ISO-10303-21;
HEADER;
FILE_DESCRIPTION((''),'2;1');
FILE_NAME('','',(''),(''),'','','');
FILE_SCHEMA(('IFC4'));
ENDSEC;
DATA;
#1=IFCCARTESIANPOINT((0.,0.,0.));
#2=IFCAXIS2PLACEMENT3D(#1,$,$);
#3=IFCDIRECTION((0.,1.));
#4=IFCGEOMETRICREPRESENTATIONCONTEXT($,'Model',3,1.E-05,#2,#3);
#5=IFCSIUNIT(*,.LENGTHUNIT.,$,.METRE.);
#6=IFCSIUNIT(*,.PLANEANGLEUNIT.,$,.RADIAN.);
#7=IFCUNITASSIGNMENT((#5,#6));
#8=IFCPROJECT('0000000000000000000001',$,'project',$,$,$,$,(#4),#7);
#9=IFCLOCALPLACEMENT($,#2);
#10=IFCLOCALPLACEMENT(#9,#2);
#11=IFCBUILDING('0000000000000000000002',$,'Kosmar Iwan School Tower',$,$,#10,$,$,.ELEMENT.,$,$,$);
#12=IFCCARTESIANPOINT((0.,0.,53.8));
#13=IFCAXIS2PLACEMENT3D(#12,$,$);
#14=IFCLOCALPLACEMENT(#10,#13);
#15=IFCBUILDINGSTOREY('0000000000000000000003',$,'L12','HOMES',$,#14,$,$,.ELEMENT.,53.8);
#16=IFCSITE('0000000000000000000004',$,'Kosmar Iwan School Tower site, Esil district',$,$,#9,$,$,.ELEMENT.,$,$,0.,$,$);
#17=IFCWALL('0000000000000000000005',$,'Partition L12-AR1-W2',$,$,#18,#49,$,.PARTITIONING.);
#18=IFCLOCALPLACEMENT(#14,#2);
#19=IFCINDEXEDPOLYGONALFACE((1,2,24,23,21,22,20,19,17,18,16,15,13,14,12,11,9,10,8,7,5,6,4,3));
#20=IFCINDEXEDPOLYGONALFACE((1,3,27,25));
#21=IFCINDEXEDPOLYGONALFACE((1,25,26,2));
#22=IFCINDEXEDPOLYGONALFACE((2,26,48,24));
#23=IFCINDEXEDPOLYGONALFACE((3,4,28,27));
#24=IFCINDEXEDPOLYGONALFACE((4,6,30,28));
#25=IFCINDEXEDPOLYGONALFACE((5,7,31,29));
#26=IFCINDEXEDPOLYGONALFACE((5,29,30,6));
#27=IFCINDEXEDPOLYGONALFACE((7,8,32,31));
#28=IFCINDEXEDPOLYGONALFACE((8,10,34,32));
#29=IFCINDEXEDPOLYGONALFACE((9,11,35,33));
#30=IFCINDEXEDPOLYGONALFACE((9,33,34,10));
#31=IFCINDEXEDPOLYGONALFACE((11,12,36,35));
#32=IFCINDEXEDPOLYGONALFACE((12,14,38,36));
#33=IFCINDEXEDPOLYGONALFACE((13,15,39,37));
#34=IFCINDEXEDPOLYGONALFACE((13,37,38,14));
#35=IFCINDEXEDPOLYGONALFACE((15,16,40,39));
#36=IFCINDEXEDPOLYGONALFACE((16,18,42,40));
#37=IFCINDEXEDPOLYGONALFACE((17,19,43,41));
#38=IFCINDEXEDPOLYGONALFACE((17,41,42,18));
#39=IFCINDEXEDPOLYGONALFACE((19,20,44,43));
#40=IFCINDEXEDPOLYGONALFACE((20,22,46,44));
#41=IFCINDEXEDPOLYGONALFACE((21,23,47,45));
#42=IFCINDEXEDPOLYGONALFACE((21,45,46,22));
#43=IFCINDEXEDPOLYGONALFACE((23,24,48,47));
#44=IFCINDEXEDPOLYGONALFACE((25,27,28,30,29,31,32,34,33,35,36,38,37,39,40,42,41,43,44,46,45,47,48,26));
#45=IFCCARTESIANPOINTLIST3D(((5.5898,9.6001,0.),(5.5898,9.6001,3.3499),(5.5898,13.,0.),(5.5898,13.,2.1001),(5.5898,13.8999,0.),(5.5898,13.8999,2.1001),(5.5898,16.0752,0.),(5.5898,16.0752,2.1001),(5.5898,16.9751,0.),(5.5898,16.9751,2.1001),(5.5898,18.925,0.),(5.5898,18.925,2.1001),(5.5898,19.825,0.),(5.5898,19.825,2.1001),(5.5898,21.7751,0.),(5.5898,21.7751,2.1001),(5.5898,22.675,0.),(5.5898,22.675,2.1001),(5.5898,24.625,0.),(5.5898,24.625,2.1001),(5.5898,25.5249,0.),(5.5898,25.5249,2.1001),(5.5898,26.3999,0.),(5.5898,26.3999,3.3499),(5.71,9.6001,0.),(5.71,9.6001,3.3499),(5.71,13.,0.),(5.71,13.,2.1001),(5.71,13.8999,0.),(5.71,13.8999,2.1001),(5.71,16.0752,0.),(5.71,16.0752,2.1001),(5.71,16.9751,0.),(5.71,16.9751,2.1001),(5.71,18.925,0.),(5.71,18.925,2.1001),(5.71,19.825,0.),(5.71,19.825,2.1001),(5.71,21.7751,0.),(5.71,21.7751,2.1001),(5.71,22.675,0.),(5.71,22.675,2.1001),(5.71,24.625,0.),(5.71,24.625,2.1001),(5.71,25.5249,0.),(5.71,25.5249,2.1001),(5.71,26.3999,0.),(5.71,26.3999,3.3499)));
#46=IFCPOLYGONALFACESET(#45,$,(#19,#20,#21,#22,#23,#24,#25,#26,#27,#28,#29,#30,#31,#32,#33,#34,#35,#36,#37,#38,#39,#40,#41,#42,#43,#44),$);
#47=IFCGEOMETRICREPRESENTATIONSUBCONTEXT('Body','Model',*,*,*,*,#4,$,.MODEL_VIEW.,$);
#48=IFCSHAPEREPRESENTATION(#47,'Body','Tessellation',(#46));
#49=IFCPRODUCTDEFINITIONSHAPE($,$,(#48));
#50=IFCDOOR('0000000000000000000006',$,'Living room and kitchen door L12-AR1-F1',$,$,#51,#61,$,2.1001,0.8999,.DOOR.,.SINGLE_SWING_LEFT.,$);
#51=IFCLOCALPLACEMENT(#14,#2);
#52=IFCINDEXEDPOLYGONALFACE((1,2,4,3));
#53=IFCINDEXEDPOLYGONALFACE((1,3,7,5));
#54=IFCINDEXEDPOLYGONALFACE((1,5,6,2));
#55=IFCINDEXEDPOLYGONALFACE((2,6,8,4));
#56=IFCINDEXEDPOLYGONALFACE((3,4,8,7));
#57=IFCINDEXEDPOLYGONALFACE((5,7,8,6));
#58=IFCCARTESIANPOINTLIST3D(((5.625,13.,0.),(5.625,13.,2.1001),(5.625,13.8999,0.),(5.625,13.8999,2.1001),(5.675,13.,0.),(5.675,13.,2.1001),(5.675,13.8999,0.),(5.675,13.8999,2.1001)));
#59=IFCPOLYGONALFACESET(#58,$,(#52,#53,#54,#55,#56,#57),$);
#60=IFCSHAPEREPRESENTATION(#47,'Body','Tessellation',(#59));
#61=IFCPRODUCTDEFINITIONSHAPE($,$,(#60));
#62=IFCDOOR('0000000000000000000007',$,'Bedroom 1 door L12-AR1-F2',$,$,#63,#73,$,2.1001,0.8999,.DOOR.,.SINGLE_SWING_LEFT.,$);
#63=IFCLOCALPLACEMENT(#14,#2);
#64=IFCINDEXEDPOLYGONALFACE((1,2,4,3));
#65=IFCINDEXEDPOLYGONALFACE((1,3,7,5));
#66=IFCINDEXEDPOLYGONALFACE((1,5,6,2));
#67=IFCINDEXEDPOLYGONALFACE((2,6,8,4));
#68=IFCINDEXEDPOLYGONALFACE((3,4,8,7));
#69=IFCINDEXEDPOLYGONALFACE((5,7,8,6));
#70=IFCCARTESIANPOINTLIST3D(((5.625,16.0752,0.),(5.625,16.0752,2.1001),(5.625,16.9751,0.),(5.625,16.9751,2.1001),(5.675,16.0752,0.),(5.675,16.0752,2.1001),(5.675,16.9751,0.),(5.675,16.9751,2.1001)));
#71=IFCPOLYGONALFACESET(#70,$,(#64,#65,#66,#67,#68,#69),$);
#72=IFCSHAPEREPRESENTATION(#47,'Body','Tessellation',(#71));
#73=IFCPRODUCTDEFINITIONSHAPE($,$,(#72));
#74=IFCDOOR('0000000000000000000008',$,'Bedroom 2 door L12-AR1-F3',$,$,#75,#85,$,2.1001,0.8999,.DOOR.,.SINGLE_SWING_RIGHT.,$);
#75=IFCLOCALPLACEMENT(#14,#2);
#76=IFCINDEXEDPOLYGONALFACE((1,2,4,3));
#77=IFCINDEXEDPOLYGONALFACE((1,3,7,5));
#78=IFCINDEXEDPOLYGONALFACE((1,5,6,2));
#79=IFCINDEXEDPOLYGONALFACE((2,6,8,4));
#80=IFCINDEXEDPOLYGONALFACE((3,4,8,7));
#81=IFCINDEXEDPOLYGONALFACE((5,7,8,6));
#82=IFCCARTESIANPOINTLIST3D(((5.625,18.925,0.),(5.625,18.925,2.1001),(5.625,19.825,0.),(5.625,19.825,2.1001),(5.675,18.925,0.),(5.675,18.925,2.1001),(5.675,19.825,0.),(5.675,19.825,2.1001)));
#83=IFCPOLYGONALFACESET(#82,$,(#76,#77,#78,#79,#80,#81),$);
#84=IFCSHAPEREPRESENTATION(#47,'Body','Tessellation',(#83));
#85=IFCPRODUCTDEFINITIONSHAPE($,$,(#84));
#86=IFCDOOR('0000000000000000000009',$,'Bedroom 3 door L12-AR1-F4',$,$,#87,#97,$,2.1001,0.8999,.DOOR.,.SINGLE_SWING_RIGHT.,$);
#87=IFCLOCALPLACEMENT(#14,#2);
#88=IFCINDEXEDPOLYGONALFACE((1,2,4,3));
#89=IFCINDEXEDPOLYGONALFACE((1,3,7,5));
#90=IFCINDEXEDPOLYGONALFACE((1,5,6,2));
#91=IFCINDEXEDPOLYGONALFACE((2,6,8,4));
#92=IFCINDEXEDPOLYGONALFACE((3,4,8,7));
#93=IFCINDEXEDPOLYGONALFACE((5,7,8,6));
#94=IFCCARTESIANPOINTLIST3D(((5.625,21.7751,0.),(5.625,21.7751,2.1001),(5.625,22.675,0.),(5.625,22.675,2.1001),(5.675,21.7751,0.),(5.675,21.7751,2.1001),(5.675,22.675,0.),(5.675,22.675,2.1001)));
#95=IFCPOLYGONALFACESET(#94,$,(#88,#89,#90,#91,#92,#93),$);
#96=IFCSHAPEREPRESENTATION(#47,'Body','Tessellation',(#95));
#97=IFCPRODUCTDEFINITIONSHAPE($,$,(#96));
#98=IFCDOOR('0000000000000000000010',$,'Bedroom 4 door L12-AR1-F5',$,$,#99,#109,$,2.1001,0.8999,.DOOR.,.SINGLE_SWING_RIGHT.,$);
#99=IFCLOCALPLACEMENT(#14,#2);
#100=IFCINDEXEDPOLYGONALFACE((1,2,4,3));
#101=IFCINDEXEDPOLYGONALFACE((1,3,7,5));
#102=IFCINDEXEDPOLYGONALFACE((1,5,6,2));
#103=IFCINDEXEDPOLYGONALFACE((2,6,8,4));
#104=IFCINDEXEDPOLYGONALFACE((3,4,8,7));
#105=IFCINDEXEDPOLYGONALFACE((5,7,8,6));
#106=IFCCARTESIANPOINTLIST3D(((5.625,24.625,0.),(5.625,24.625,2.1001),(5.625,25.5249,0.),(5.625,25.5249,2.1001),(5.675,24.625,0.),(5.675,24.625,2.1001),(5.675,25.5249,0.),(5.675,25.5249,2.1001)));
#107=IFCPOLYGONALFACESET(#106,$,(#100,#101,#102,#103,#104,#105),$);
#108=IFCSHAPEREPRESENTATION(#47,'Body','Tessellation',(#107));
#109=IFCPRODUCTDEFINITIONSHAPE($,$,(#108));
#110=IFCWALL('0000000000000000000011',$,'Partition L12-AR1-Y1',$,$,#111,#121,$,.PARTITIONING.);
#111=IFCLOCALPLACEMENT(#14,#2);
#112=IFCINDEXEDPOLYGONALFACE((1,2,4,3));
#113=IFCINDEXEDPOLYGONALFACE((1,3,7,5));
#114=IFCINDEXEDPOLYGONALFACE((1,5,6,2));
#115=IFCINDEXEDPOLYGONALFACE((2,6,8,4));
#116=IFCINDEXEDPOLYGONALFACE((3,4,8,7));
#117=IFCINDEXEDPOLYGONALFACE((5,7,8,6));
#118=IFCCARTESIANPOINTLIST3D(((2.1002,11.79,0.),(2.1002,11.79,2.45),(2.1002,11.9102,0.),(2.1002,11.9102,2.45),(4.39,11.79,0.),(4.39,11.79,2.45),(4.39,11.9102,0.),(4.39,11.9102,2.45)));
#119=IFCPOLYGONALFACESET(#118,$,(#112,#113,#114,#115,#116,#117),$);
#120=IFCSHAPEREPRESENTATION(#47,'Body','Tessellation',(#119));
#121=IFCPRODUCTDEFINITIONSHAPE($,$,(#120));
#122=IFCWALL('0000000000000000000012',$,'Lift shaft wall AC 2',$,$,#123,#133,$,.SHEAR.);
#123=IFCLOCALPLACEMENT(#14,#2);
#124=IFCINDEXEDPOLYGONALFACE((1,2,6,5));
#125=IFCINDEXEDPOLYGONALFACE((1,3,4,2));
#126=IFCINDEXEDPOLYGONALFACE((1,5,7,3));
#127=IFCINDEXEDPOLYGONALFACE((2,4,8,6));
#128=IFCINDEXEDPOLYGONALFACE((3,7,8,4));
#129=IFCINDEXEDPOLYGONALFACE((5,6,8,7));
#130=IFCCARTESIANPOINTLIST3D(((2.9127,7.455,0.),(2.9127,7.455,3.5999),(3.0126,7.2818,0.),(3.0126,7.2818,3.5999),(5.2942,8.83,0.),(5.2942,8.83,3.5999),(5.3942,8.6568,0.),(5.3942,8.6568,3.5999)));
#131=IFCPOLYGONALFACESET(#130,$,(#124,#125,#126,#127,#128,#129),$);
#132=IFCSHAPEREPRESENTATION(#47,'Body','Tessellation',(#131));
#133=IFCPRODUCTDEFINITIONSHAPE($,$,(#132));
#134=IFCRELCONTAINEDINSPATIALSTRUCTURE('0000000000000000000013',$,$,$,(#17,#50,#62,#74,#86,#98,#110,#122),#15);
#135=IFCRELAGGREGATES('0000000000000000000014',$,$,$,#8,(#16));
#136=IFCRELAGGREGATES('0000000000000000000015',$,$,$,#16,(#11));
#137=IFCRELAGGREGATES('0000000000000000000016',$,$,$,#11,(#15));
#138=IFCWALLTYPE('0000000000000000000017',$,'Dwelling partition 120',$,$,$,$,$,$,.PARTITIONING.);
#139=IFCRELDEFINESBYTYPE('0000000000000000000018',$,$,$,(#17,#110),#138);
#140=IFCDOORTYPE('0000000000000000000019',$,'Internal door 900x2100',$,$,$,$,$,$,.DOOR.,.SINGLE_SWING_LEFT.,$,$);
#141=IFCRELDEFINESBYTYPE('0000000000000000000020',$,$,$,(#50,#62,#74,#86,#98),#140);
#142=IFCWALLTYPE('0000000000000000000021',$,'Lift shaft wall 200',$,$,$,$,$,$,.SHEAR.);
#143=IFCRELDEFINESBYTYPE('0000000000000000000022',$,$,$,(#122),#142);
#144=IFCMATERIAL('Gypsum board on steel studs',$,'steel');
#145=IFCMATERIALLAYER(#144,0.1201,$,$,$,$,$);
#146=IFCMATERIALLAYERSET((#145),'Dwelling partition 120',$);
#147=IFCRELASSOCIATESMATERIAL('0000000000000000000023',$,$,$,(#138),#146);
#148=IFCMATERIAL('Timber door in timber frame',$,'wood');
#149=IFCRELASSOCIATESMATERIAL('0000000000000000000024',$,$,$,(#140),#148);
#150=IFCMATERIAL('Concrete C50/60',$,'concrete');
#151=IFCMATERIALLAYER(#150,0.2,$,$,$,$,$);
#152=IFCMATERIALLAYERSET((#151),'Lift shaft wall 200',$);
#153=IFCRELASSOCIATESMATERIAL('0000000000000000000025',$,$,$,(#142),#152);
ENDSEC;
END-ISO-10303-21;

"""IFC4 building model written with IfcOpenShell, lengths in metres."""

from ifc_helpers import new_model, si_unit, direction, frame, frame_2d, origin, place, context, subcontext, project, spatial, rectangle, extrude, material, layer, layer_set, type_object, element, fill, save


model = new_model("IFC4")

# Units and contexts
model_context = context("Model", 3, precision=1e-05, world=origin(), true_north=direction((0.0, 1.0)))
body_context = subcontext(model_context, "Body", "Model", "MODEL_VIEW")
ifc_project = project(units=[si_unit("LENGTHUNIT", "METRE"), si_unit("PLANEANGLEUNIT", "RADIAN")], contexts=[model_context])

# Site, building, storey
site_placement = place(None, origin())
site = spatial("IfcSite", under=ifc_project, at=site_placement, Name="Kosmar Iwan School Tower site, Esil district", CompositionType="ELEMENT", RefElevation=0.0)
building_placement = place(site_placement, origin())
building = spatial("IfcBuilding", under=site, at=building_placement, Name="Kosmar Iwan School Tower", CompositionType="ELEMENT")
storey_placement = place(building_placement, frame((0.0, 0.0, 53.8)))
storey = spatial("IfcBuildingStorey", under=building, at=storey_placement, Name="L12", Description="HOMES", CompositionType="ELEMENT", Elevation=53.8)

# Wall, openings, doors
ifc_material_1 = material(Name="Gypsum board on steel studs", Category="steel")
ifc_layer_1 = layer(ifc_material_1, 0.1201)
ifc_layer_set_1 = layer_set([ifc_layer_1], Name="Dwelling partition 120")
wall_type_1 = type_object("IfcWallType", Name="Dwelling partition 120", PredefinedType="PARTITIONING", material=ifc_layer_set_1)
ifc_material_2 = material(Name="Timber door in timber frame", Category="wood")
door_type_1 = type_object("IfcDoorType", Name="Internal door 900x2100", OperationType="SINGLE_SWING_LEFT", PredefinedType="DOOR", material=ifc_material_2)
wall_1_placement = place(storey_placement, frame((5.6499, 9.6001, 0.0), z_axis=(0.0, 0.0, 1.0), x_axis=(0.0, 1.0, 0.0)))
wall_1 = element("IfcWall", 1, at=wall_1_placement, inside=storey, type_object=wall_type_1, Name="Partition L12-AR1-W2", PredefinedType="PARTITIONING", context=body_context, shape_type="SweptSolid", body=[
    extrude(rectangle(XDim=16.7998, YDim=0.1201, at=frame_2d((8.3999, 0.0))), origin(), (0.0, 0.0, 1.0), 3.3499),
])
opening_1_placement = place(wall_1_placement, frame((3.3999, 0.0, 0.0)))
opening_1 = element("IfcOpeningElement", 2, at=opening_1_placement, cuts=wall_1, PredefinedType="OPENING", context=body_context, shape_type="SweptSolid", body=[
    extrude(rectangle(XDim=0.8999, YDim=2.1001, at=frame_2d((0.45, 1.05))), frame((0.0, 0.072, 0.0), z_axis=(0.0, -1.0, 0.0), x_axis=(1.0, 0.0, 0.0)), (0.0, 0.0, 1.0), 0.144),
])
opening_2_placement = place(wall_1_placement, frame((6.4751, 0.0, 0.0)))
opening_2 = element("IfcOpeningElement", 3, at=opening_2_placement, cuts=wall_1, PredefinedType="OPENING", context=body_context, shape_type="SweptSolid", body=[
    extrude(rectangle(XDim=0.8999, YDim=2.1001, at=frame_2d((0.45, 1.05))), frame((0.0, 0.072, 0.0), z_axis=(0.0, -1.0, 0.0), x_axis=(1.0, 0.0, 0.0)), (0.0, 0.0, 1.0), 0.144),
])
opening_3_placement = place(wall_1_placement, frame((9.325, 0.0, 0.0)))
opening_3 = element("IfcOpeningElement", 4, at=opening_3_placement, cuts=wall_1, PredefinedType="OPENING", context=body_context, shape_type="SweptSolid", body=[
    extrude(rectangle(XDim=0.8999, YDim=2.1001, at=frame_2d((0.45, 1.05))), frame((0.0, 0.072, 0.0), z_axis=(0.0, -1.0, 0.0), x_axis=(1.0, 0.0, 0.0)), (0.0, 0.0, 1.0), 0.144),
])
opening_4_placement = place(wall_1_placement, frame((12.175, 0.0, 0.0)))
opening_4 = element("IfcOpeningElement", 5, at=opening_4_placement, cuts=wall_1, PredefinedType="OPENING", context=body_context, shape_type="SweptSolid", body=[
    extrude(rectangle(XDim=0.8999, YDim=2.1001, at=frame_2d((0.45, 1.05))), frame((0.0, 0.072, 0.0), z_axis=(0.0, -1.0, 0.0), x_axis=(1.0, 0.0, 0.0)), (0.0, 0.0, 1.0), 0.144),
])
opening_5_placement = place(wall_1_placement, frame((15.0249, 0.0, 0.0)))
opening_5 = element("IfcOpeningElement", 6, at=opening_5_placement, cuts=wall_1, PredefinedType="OPENING", context=body_context, shape_type="SweptSolid", body=[
    extrude(rectangle(XDim=0.8999, YDim=2.1001, at=frame_2d((0.45, 1.05))), frame((0.0, 0.072, 0.0), z_axis=(0.0, -1.0, 0.0), x_axis=(1.0, 0.0, 0.0)), (0.0, 0.0, 1.0), 0.144),
])
door_1_placement = place(opening_1_placement, origin())
door_1 = element("IfcDoor", 7, at=door_1_placement, inside=storey, type_object=door_type_1, Name="Living room and kitchen door L12-AR1-F1", OperationType="SINGLE_SWING_LEFT", OverallHeight=2.1001, OverallWidth=0.8999, PredefinedType="DOOR", context=body_context, shape_type="SweptSolid", body=[
    extrude(rectangle(XDim=0.8999, YDim=2.1001, at=frame_2d((0.45, 1.05))), frame((0.0, 0.0249, 0.0), z_axis=(0.0, -1.0, 0.0), x_axis=(1.0, 0.0, 0.0)), (0.0, 0.0, 1.0), 0.05),
])
fill(opening_1, door_1)
door_2_placement = place(opening_2_placement, origin())
door_2 = element("IfcDoor", 8, at=door_2_placement, inside=storey, type_object=door_type_1, Name="Bedroom 1 door L12-AR1-F2", OperationType="SINGLE_SWING_LEFT", OverallHeight=2.1001, OverallWidth=0.8999, PredefinedType="DOOR", context=body_context, shape_type="SweptSolid", body=[
    extrude(rectangle(XDim=0.8999, YDim=2.1001, at=frame_2d((0.45, 1.05))), frame((0.0, 0.0249, 0.0), z_axis=(0.0, -1.0, 0.0), x_axis=(1.0, 0.0, 0.0)), (0.0, 0.0, 1.0), 0.05),
])
fill(opening_2, door_2)
door_3_placement = place(opening_3_placement, origin())
door_3 = element("IfcDoor", 9, at=door_3_placement, inside=storey, type_object=door_type_1, Name="Bedroom 2 door L12-AR1-F3", OperationType="SINGLE_SWING_RIGHT", OverallHeight=2.1001, OverallWidth=0.8999, PredefinedType="DOOR", context=body_context, shape_type="SweptSolid", body=[
    extrude(rectangle(XDim=0.8999, YDim=2.1001, at=frame_2d((0.45, 1.05))), frame((0.0, 0.0249, 0.0), z_axis=(0.0, -1.0, 0.0), x_axis=(1.0, 0.0, 0.0)), (0.0, 0.0, 1.0), 0.05),
])
fill(opening_3, door_3)
door_4_placement = place(opening_4_placement, origin())
door_4 = element("IfcDoor", 10, at=door_4_placement, inside=storey, type_object=door_type_1, Name="Bedroom 3 door L12-AR1-F4", OperationType="SINGLE_SWING_RIGHT", OverallHeight=2.1001, OverallWidth=0.8999, PredefinedType="DOOR", context=body_context, shape_type="SweptSolid", body=[
    extrude(rectangle(XDim=0.8999, YDim=2.1001, at=frame_2d((0.45, 1.05))), frame((0.0, 0.0249, 0.0), z_axis=(0.0, -1.0, 0.0), x_axis=(1.0, 0.0, 0.0)), (0.0, 0.0, 1.0), 0.05),
])
fill(opening_4, door_4)
door_5_placement = place(opening_5_placement, origin())
door_5 = element("IfcDoor", 11, at=door_5_placement, inside=storey, type_object=door_type_1, Name="Bedroom 4 door L12-AR1-F5", OperationType="SINGLE_SWING_RIGHT", OverallHeight=2.1001, OverallWidth=0.8999, PredefinedType="DOOR", context=body_context, shape_type="SweptSolid", body=[
    extrude(rectangle(XDim=0.8999, YDim=2.1001, at=frame_2d((0.45, 1.05))), frame((0.0, 0.0249, 0.0), z_axis=(0.0, -1.0, 0.0), x_axis=(1.0, 0.0, 0.0)), (0.0, 0.0, 1.0), 0.05),
])
fill(opening_5, door_5)

# Walls
wall_2_placement = place(storey_placement, frame((2.1001, 11.8501, 0.0), z_axis=(0.0, 0.0, 1.0), x_axis=(1.0, 0.0, 0.0)))
element("IfcWall", 12, at=wall_2_placement, inside=storey, type_object=wall_type_1, Name="Partition L12-AR1-Y1", PredefinedType="PARTITIONING", context=body_context, shape_type="SweptSolid", body=[
    extrude(rectangle(XDim=2.2898, YDim=0.1201, at=frame_2d((1.145, 0.0))), origin(), (0.0, 0.0, 1.0), 2.45),
])
ifc_material_3 = material(Name="Concrete C50/60", Category="concrete")
ifc_layer_2 = layer(ifc_material_3, 0.2)
ifc_layer_set_2 = layer_set([ifc_layer_2], Name="Lift shaft wall 200")
wall_type_2 = type_object("IfcWallType", Name="Lift shaft wall 200", PredefinedType="SHEAR", material=ifc_layer_set_2)
wall_3_placement = place(storey_placement, frame((2.9626, 7.3684, 0.0), z_axis=(0.0, 0.0, 1.0), x_axis=(0.866027, 0.499997, 0.0)))
element("IfcWall", 13, at=wall_3_placement, inside=storey, type_object=wall_type_2, Name="Lift shaft wall AC 2", PredefinedType="SHEAR", context=body_context, shape_type="SweptSolid", body=[
    extrude(rectangle(XDim=2.75, YDim=0.2, at=frame_2d((1.375, 0.0))), origin(), (0.0, 0.0, 1.0), 3.5999),
])

save(model, "model.ifc")
